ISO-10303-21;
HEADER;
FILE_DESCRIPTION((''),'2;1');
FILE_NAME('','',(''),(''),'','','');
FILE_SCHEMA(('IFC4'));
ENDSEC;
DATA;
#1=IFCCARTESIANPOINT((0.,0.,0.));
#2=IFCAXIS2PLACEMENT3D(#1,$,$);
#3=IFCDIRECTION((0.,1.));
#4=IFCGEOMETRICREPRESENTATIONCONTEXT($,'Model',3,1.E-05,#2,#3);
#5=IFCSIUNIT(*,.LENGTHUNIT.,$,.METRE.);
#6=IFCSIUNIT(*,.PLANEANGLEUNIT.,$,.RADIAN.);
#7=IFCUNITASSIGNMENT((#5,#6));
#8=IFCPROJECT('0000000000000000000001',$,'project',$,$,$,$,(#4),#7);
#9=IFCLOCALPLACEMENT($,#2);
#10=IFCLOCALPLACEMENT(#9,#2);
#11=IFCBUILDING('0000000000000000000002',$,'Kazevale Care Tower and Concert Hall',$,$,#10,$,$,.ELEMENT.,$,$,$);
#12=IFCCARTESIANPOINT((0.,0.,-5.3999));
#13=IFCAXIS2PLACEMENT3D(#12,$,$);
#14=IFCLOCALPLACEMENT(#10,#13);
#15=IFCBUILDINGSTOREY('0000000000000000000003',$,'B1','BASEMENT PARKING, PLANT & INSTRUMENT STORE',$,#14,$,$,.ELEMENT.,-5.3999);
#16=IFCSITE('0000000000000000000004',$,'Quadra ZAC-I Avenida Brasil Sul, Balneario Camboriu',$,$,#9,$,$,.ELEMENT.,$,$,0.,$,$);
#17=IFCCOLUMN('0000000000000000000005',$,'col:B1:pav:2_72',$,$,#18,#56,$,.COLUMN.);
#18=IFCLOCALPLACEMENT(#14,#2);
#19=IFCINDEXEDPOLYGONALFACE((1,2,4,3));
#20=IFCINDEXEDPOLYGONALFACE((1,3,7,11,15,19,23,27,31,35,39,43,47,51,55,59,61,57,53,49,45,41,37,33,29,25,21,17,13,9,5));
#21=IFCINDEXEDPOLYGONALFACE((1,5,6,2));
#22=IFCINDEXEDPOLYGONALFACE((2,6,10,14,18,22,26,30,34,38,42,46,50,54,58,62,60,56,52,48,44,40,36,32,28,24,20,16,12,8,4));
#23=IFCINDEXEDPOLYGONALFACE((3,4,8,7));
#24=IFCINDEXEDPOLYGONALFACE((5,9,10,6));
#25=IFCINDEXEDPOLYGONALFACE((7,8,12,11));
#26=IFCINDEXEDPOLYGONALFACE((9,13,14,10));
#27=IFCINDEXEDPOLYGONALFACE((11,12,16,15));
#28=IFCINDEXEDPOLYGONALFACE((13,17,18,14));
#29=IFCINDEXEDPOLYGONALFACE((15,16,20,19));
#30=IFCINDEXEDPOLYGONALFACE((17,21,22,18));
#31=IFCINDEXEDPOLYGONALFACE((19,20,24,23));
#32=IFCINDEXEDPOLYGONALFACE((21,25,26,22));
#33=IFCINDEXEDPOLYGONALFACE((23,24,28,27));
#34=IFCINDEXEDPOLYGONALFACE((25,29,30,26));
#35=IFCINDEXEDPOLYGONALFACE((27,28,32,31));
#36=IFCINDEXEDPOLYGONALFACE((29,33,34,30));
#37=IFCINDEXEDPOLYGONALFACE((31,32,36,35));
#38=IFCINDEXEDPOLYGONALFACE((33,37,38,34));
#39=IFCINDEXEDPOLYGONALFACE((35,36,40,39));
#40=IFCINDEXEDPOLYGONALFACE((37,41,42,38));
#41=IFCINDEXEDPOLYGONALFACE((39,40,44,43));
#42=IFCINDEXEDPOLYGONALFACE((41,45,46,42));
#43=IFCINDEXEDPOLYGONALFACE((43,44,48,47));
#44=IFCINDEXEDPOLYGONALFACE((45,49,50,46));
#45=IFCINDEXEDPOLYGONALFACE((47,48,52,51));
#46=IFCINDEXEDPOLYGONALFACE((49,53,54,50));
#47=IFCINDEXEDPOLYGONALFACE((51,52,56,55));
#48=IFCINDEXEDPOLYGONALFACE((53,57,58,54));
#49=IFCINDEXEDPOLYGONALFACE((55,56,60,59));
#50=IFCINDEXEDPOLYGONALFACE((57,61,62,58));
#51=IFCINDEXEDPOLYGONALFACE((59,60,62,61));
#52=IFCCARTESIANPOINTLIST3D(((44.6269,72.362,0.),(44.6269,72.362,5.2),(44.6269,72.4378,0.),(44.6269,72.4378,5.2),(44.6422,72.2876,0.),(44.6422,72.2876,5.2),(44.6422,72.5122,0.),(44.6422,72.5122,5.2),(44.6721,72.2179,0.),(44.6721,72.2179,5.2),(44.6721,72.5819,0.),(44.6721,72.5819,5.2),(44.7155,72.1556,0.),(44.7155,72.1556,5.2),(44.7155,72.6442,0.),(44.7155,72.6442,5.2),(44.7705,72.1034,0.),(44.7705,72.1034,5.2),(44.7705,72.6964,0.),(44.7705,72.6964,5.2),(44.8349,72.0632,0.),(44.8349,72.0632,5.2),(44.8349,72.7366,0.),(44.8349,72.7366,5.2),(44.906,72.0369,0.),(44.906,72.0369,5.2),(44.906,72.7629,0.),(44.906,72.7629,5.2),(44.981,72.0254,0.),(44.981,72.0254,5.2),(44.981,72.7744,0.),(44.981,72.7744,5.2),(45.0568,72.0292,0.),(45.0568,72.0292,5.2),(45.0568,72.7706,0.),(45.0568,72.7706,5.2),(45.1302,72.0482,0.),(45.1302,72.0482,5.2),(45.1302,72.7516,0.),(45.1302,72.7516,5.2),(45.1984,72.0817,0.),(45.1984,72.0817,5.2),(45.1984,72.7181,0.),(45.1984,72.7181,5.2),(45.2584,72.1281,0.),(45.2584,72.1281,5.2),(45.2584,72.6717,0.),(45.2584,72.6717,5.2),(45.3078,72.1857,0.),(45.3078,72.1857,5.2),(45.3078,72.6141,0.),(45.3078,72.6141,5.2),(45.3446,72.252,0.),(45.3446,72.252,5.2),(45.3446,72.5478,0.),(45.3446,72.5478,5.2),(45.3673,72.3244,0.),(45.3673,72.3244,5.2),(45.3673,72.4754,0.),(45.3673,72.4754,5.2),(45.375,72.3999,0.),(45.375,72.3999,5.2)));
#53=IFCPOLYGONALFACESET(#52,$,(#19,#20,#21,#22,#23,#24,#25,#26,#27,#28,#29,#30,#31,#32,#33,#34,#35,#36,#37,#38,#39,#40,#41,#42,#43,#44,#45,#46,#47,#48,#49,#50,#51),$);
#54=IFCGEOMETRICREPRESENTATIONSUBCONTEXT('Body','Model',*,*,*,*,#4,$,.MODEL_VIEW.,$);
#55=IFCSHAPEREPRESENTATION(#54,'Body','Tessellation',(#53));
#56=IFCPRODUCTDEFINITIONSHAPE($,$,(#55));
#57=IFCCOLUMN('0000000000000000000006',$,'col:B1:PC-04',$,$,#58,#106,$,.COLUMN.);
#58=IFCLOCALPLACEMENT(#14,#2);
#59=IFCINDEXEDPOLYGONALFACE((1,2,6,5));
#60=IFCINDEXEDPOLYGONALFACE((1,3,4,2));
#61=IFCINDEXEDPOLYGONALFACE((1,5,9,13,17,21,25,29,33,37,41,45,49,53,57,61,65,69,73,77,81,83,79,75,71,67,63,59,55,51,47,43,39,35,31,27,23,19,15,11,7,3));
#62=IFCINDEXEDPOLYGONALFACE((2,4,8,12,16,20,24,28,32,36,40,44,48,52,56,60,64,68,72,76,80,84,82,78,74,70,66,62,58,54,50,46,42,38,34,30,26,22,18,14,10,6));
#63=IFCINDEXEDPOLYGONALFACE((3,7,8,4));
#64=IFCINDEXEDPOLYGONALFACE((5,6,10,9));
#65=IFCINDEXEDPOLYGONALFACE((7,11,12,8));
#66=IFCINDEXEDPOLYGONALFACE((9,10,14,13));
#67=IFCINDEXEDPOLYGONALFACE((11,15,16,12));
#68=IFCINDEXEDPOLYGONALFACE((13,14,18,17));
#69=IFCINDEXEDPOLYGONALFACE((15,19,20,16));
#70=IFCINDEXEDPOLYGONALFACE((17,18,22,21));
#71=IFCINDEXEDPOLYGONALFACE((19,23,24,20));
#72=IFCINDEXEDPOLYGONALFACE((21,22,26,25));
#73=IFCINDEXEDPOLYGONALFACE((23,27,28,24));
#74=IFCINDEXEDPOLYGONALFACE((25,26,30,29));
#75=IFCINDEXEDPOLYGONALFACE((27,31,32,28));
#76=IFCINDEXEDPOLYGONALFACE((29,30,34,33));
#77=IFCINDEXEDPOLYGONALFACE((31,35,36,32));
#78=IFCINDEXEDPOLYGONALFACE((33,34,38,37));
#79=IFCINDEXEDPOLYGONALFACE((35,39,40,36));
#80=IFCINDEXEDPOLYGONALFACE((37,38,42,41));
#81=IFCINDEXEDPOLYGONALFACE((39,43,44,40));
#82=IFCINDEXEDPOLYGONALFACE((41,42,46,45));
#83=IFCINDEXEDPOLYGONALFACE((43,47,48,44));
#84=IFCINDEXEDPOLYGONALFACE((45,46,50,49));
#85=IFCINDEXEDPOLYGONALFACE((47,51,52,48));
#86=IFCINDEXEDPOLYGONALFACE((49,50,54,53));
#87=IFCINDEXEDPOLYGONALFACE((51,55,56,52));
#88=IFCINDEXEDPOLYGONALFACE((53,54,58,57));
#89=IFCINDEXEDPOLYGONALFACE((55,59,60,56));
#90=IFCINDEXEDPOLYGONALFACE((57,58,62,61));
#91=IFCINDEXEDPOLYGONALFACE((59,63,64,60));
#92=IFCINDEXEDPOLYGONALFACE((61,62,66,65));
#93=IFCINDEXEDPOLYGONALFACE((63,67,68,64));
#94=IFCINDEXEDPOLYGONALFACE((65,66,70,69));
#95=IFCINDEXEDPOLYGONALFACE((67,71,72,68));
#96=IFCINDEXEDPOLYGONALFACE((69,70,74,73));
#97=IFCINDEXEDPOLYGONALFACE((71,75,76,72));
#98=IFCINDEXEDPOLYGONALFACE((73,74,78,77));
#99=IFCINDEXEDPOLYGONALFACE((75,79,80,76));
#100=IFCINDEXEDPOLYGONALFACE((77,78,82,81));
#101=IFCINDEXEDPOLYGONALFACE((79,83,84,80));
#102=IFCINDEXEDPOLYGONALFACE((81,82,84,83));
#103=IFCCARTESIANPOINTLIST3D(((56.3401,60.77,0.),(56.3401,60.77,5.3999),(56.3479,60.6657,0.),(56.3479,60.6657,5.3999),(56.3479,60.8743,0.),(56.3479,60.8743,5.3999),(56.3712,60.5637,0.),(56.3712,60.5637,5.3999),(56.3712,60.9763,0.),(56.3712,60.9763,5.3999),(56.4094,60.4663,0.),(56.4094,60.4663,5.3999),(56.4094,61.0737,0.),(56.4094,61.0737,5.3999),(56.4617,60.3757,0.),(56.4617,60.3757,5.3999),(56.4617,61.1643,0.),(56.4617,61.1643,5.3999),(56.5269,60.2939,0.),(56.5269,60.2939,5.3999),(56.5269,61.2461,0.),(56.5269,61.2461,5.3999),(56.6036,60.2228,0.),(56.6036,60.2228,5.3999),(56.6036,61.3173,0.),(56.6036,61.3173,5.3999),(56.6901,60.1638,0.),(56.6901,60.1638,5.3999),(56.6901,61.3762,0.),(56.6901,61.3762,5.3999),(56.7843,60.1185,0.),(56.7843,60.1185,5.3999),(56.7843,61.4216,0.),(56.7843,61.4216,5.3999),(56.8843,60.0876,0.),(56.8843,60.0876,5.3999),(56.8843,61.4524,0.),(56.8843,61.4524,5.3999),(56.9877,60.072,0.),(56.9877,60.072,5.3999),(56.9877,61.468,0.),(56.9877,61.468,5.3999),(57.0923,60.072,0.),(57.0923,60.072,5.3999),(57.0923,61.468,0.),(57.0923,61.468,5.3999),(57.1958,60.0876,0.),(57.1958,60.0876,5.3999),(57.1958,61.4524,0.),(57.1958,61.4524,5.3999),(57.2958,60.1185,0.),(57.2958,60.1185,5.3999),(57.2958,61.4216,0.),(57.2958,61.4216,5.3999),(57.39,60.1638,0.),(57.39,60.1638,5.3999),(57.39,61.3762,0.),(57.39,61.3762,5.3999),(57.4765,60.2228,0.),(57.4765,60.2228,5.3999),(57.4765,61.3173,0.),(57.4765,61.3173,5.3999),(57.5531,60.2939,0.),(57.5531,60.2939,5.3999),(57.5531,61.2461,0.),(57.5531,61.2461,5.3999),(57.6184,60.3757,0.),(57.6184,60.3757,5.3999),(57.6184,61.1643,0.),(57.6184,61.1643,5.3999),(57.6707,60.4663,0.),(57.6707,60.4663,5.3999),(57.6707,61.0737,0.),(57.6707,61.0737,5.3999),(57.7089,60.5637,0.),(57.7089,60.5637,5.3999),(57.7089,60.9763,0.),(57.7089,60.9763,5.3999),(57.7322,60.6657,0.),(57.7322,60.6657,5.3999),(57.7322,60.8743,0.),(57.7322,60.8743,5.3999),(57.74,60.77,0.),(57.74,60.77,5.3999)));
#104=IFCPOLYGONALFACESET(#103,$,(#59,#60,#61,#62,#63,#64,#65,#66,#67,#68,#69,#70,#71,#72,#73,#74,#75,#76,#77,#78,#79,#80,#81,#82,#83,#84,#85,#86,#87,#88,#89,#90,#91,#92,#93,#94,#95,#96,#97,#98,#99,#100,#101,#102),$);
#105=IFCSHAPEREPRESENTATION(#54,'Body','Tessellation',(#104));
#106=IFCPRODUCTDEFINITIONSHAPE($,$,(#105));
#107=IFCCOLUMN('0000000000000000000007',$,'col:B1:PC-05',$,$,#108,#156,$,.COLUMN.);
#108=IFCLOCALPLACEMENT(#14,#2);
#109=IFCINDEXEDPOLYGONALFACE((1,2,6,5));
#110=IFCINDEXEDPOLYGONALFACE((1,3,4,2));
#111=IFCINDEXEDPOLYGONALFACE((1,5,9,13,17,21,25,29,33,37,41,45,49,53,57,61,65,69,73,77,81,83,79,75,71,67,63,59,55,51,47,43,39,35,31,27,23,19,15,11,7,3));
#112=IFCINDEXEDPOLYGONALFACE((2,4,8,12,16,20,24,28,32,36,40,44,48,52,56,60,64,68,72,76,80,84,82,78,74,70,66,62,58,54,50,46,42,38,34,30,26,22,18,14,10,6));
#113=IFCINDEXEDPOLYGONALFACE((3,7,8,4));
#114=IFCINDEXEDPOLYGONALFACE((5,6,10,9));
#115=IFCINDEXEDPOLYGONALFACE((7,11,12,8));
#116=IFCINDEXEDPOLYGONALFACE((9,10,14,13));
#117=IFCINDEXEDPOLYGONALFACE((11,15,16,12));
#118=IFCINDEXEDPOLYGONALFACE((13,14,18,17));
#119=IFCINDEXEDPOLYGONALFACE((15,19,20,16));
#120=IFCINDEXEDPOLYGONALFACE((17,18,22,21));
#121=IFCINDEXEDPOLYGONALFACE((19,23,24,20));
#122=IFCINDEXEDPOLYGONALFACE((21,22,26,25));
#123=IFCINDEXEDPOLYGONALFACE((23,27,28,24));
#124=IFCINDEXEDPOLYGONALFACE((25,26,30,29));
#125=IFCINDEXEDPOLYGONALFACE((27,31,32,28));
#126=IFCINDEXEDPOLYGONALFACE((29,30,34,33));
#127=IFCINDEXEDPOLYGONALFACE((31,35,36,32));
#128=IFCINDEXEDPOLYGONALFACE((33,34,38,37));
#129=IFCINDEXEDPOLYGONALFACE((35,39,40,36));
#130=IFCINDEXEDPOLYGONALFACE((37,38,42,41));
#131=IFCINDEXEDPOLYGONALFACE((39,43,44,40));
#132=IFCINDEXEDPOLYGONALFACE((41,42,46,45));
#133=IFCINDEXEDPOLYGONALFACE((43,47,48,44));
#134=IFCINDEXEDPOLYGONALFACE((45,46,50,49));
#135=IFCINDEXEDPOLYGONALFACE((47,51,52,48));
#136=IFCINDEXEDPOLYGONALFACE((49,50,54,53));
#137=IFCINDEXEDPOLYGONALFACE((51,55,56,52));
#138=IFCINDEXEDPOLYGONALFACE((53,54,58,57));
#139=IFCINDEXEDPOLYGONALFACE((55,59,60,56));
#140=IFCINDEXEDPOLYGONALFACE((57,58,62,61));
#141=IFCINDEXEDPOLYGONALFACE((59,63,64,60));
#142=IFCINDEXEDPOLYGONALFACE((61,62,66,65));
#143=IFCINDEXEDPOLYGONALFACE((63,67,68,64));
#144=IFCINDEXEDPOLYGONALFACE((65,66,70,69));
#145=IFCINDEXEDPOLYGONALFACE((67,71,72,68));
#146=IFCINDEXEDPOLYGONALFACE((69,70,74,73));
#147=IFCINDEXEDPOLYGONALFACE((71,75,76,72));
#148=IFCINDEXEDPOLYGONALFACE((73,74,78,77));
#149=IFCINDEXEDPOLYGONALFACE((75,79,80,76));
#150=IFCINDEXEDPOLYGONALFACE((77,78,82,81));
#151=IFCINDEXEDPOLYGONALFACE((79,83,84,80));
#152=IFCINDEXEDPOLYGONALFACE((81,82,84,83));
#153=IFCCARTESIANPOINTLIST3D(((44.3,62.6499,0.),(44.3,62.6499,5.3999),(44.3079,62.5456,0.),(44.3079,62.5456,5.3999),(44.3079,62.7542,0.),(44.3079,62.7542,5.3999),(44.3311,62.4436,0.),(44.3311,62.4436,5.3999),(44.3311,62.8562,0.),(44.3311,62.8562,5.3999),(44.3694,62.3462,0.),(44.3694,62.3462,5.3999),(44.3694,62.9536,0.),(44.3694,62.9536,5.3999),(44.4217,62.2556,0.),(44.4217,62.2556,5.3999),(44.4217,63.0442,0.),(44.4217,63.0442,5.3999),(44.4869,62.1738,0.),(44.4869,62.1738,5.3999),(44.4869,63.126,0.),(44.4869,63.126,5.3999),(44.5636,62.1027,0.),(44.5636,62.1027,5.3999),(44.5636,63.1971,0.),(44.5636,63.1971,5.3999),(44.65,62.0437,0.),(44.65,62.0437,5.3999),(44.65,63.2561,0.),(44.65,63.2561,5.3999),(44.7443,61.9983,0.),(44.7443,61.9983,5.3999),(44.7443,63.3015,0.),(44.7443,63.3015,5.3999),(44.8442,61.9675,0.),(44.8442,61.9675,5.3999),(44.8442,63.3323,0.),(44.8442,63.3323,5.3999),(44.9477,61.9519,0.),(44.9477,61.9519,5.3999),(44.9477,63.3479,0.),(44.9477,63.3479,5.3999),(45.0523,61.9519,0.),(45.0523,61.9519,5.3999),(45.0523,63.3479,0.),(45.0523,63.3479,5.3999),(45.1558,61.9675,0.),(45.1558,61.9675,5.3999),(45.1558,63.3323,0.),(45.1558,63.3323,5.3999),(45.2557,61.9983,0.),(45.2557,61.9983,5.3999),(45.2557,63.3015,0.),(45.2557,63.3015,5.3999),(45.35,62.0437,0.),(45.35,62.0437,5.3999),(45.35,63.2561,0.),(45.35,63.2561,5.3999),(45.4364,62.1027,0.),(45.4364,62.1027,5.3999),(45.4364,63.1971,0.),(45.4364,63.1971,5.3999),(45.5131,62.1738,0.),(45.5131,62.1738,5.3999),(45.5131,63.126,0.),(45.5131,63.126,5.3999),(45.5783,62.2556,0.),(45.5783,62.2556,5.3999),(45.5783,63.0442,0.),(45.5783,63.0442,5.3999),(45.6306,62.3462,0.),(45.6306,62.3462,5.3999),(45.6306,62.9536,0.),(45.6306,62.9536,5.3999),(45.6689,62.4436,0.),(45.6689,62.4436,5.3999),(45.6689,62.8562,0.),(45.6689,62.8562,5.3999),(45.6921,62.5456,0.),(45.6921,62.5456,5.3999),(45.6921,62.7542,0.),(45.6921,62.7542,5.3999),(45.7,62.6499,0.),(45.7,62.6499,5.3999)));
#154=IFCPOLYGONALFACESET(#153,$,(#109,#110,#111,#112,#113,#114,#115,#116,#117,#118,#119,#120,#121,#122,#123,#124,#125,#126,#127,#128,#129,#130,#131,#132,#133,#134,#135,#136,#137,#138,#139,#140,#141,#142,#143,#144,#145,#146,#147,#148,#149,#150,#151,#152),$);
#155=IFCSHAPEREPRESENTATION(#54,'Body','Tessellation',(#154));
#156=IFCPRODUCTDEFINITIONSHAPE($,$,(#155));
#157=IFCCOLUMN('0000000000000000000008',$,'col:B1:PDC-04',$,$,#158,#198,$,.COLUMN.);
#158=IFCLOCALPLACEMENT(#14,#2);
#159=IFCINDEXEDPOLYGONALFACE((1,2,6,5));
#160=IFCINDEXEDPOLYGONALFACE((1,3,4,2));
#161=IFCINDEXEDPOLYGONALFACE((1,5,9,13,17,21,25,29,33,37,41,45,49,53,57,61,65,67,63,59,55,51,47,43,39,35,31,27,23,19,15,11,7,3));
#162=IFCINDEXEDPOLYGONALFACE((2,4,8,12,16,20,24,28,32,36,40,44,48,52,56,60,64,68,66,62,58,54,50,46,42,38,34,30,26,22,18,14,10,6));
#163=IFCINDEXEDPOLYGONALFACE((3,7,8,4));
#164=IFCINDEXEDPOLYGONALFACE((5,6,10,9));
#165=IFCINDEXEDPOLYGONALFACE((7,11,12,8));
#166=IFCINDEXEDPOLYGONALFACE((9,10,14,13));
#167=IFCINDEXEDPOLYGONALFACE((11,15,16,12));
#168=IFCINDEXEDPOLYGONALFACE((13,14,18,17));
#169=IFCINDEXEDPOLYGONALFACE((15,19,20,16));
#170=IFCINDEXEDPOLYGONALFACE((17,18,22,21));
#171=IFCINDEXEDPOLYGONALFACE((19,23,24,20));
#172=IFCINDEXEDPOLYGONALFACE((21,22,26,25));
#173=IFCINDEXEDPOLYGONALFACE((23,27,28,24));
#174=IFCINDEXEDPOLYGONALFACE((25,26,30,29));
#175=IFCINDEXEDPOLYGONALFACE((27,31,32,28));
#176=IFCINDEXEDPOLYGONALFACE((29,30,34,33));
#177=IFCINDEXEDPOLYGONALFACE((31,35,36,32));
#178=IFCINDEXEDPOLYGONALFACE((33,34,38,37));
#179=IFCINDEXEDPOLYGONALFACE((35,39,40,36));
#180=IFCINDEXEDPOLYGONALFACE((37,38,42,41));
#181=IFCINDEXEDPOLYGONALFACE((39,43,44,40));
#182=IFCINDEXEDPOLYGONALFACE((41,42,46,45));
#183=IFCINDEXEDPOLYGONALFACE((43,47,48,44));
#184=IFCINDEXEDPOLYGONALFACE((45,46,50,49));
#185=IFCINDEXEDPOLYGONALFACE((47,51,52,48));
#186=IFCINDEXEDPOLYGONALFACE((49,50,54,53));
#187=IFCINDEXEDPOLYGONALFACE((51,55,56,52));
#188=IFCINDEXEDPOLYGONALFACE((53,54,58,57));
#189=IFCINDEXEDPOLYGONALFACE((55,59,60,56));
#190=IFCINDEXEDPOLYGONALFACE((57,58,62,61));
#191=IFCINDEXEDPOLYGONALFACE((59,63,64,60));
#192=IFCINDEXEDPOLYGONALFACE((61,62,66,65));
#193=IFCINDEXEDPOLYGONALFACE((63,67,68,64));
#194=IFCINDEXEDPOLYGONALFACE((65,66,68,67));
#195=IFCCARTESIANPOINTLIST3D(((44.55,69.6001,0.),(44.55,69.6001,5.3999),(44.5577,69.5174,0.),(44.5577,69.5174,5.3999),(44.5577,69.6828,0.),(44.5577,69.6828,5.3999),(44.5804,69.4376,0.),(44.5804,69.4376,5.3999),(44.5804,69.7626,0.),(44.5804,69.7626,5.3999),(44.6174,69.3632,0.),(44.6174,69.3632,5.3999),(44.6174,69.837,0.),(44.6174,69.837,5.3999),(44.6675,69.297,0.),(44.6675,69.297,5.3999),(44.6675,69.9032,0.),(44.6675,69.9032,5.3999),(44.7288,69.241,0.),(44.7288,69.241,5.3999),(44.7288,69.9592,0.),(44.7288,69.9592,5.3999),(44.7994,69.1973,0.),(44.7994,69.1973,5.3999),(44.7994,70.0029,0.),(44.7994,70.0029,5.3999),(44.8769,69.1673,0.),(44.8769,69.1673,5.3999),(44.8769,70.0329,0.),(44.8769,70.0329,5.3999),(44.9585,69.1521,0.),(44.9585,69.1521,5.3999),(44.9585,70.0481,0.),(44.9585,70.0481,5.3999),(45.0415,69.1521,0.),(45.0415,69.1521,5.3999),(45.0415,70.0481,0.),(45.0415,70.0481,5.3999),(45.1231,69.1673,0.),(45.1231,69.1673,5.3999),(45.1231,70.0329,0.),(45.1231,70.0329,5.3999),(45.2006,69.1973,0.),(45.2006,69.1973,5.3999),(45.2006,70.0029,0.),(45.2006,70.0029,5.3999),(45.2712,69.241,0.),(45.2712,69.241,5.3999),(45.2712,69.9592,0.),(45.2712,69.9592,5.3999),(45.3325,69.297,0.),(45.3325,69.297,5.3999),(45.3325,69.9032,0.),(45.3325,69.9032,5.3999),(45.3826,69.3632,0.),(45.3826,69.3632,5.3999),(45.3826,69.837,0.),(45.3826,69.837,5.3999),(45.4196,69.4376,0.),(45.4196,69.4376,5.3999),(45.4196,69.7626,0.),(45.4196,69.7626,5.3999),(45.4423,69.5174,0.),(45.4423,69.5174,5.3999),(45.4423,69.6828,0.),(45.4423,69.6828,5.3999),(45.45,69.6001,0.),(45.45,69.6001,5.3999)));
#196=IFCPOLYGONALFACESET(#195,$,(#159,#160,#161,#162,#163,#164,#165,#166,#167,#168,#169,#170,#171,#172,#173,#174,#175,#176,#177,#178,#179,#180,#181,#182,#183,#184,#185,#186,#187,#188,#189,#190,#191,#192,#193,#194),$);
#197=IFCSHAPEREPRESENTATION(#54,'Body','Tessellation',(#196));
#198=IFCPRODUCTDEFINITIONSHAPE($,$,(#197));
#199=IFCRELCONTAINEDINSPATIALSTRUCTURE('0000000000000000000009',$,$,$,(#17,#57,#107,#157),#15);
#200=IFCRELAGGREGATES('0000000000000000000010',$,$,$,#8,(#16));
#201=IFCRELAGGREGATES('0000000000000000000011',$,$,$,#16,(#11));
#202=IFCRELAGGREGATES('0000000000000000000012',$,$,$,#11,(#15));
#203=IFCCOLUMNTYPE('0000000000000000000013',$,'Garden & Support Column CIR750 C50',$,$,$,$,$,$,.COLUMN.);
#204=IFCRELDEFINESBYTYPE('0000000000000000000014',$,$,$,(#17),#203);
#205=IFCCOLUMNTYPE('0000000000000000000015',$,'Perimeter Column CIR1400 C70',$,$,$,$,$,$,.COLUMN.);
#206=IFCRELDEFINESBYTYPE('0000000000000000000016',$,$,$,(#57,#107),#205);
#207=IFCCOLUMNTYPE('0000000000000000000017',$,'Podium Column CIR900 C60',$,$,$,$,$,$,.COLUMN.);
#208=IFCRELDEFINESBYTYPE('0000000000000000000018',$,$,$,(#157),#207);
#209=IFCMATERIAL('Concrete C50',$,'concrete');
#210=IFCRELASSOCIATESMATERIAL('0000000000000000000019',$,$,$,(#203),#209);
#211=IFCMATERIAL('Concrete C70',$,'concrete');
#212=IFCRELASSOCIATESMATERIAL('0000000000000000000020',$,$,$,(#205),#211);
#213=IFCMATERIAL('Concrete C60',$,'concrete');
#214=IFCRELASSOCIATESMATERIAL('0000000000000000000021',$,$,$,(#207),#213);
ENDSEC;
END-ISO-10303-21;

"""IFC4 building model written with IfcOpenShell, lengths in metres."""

from ifc_helpers import new_model, si_unit, direction, frame, origin, origin_2d, place, context, subcontext, project, spatial, circle, extrude, material, material_profile, profile_set, type_object, element, save


model = new_model("IFC4")

# Units and contexts
model_context = context("Model", 3, precision=1e-05, world=origin(), true_north=direction((0.0, 1.0)))
body_context = subcontext(model_context, "Body", "Model", "MODEL_VIEW")
ifc_project = project(units=[si_unit("LENGTHUNIT", "METRE"), si_unit("PLANEANGLEUNIT", "RADIAN")], contexts=[model_context])

# Site, building, storey
site_placement = place(None, origin())
site = spatial("IfcSite", under=ifc_project, at=site_placement, Name="Quadra ZAC-I Avenida Brasil Sul, Balneario Camboriu", CompositionType="ELEMENT", RefElevation=0.0)
building_placement = place(site_placement, origin())
building = spatial("IfcBuilding", under=site, at=building_placement, Name="Kazevale Care Tower and Concert Hall", CompositionType="ELEMENT")
storey_placement = place(building_placement, frame((0.0, 0.0, -5.3999)))
storey = spatial("IfcBuildingStorey", under=building, at=storey_placement, Name="B1", Description="BASEMENT PARKING, PLANT & INSTRUMENT STORE", CompositionType="ELEMENT", Elevation=-5.3999)

# Shared definitions
ifc_material_1 = material(Name="Concrete C50", Category="concrete")

# Columns
ifc_material_2 = material(Name="Concrete C70", Category="concrete")
ifc_material_profile_1 = material_profile(ifc_material_1, circle(Radius=0.375, at=origin_2d()), Name="RC-CIR750")
ifc_profile_set_1 = profile_set([ifc_material_profile_1], Name="Concrete C50")
column_type_1 = type_object("IfcColumnType", Name="Garden & Support Column CIR750 C50", PredefinedType="COLUMN", material=ifc_profile_set_1)
column_1_placement = place(storey_placement, frame((45.0, 72.3999, 0.0), z_axis=(0.0, 0.0, 1.0), x_axis=(1.0, 0.0, 0.0)))
element("IfcColumn", 1, at=column_1_placement, inside=storey, type_object=column_type_1, Name="col:B1:pav:2_72", PredefinedType="COLUMN", context=body_context, shape_type="SweptSolid", body=[
    extrude(circle(Radius=0.375, at=origin_2d()), origin(), (0.0, 0.0, 1.0), 5.2),
])
ifc_material_profile_2 = material_profile(ifc_material_2, circle(Radius=0.7, at=origin_2d()), Name="RC-CIR1400")
ifc_profile_set_2 = profile_set([ifc_material_profile_2], Name="Concrete C70")
column_type_2 = type_object("IfcColumnType", Name="Perimeter Column CIR1400 C70", PredefinedType="COLUMN", material=ifc_profile_set_2)
for number, where, z_axis, x_axis, name in (
    (2, (57.04, 60.77, 0.0), (0.0, 0.0, 1.0), (1.0, 0.0, 0.0), "col:B1:PC-04"),
    (3, (45.0, 62.6499, 0.0), (0.0, 0.0, 1.0), (1.0, 0.0, 0.0), "col:B1:PC-05"),
):
    element("IfcColumn", number, at=place(storey_placement, frame(where, z_axis=z_axis, x_axis=x_axis)), inside=storey, type_object=column_type_2, Name=name, PredefinedType="COLUMN", context=body_context, shape_type="SweptSolid", body=[
        extrude(circle(Radius=0.7, at=origin_2d()), origin(), (0.0, 0.0, 1.0), 5.3999),
    ])
ifc_material_3 = material(Name="Concrete C60", Category="concrete")
ifc_material_profile_3 = material_profile(ifc_material_3, circle(Radius=0.45, at=origin_2d()), Name="RC-CIR900")
ifc_profile_set_3 = profile_set([ifc_material_profile_3], Name="Concrete C60")
column_type_3 = type_object("IfcColumnType", Name="Podium Column CIR900 C60", PredefinedType="COLUMN", material=ifc_profile_set_3)
column_2_placement = place(storey_placement, frame((45.0, 69.6001, 0.0), z_axis=(0.0, 0.0, 1.0), x_axis=(1.0, 0.0, 0.0)))
element("IfcColumn", 4, at=column_2_placement, inside=storey, type_object=column_type_3, Name="col:B1:PDC-04", PredefinedType="COLUMN", context=body_context, shape_type="SweptSolid", body=[
    extrude(circle(Radius=0.45, at=origin_2d()), origin(), (0.0, 0.0, 1.0), 5.3999),
])

save(model, "model.ifc")
